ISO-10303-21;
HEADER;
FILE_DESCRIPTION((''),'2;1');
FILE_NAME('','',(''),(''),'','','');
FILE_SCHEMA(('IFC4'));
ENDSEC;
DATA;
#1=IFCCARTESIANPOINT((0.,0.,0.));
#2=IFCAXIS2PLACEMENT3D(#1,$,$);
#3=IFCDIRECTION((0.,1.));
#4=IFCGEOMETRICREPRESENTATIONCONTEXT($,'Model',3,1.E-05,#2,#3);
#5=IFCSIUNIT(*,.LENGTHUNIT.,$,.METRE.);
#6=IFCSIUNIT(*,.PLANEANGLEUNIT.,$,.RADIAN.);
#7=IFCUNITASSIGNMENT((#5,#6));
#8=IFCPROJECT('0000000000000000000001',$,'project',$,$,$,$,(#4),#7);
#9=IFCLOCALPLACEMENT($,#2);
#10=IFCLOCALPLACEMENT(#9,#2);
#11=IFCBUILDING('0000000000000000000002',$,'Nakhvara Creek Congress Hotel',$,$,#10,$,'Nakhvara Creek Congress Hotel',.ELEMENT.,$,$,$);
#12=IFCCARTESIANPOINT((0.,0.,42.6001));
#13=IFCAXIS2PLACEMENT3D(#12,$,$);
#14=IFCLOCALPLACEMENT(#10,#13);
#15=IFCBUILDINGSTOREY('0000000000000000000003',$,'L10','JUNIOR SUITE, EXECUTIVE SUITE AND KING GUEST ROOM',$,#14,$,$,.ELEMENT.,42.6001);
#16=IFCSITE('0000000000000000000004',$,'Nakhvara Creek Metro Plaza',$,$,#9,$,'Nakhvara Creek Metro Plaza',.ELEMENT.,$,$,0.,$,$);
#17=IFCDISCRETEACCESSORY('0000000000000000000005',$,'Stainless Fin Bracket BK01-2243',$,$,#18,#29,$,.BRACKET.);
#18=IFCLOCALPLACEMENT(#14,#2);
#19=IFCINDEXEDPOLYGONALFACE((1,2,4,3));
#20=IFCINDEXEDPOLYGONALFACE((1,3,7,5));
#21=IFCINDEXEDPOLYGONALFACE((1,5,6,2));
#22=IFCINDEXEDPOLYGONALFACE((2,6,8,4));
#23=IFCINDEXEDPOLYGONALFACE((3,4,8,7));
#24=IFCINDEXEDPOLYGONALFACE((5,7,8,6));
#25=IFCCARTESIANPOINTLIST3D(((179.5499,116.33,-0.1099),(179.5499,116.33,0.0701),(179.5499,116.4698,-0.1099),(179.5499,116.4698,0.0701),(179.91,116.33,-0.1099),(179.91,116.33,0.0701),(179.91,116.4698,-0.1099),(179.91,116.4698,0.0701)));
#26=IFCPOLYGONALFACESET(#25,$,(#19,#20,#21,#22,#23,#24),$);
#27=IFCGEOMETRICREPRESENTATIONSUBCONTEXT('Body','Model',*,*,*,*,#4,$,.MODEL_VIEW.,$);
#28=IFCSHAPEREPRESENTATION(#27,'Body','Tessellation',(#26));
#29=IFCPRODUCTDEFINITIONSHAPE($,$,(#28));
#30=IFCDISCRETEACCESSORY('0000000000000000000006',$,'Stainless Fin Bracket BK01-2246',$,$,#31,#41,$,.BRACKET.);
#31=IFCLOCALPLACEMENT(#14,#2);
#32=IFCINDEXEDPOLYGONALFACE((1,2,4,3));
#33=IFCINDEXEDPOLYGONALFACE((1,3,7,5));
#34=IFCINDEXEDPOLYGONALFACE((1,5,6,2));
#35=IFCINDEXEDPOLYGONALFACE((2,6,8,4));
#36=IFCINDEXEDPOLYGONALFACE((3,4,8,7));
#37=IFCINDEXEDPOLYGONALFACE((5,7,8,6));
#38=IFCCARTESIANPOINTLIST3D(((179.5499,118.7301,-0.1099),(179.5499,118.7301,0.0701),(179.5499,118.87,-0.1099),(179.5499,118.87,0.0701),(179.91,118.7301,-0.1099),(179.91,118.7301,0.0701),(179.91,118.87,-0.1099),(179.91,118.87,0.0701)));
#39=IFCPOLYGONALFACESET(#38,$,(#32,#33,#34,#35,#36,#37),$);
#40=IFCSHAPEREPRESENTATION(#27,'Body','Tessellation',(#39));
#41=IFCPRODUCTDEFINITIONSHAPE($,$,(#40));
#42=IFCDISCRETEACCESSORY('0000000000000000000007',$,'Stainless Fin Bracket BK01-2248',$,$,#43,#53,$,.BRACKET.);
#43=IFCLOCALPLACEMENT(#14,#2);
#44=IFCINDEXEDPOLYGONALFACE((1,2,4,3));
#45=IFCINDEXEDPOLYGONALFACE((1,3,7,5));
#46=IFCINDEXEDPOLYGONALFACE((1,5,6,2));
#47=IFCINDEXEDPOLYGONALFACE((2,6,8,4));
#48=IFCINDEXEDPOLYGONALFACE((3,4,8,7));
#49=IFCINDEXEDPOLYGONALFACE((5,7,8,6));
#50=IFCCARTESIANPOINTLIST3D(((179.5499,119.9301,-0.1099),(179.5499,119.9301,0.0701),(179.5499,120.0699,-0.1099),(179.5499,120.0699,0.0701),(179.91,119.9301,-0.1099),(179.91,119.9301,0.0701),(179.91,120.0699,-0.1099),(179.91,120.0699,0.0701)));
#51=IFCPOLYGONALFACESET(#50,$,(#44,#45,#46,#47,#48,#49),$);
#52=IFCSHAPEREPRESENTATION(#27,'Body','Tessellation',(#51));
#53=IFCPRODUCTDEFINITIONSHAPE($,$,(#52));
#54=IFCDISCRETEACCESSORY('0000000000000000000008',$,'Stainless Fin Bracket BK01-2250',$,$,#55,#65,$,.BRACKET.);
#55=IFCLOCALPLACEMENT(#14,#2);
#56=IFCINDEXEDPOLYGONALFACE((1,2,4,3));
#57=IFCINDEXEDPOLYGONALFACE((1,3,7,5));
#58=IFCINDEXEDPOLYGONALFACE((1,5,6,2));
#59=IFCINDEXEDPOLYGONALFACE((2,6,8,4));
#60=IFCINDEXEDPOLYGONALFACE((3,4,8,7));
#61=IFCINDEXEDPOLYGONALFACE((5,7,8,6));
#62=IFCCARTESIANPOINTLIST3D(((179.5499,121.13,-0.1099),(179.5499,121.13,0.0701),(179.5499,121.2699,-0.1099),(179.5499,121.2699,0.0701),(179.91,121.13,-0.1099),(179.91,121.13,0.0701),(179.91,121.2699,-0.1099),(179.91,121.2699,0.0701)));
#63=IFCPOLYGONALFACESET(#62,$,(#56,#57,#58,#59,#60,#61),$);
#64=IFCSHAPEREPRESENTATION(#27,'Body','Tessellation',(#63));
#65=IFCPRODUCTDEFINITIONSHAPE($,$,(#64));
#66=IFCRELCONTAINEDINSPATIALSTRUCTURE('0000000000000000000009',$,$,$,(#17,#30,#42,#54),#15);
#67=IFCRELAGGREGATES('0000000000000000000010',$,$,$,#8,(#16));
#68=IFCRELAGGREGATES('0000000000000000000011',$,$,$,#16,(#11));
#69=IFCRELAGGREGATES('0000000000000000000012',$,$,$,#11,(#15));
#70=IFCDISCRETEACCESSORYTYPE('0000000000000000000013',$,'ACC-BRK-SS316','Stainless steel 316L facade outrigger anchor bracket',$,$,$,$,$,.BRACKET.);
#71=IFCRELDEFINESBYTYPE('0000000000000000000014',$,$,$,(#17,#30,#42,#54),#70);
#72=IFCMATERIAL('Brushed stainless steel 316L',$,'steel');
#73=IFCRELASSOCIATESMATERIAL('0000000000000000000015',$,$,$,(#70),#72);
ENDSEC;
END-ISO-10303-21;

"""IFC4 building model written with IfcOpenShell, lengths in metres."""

from ifc_helpers import new_model, si_unit, direction, frame, origin, origin_2d, place, context, subcontext, project, spatial, rectangle, extrude, material, type_object, element, save


model = new_model("IFC4")

# Units and contexts
model_context = context("Model", 3, precision=1e-05, world=origin(), true_north=direction((0.0, 1.0)))
body_context = subcontext(model_context, "Body", "Model", "MODEL_VIEW")
ifc_project = project(units=[si_unit("LENGTHUNIT", "METRE"), si_unit("PLANEANGLEUNIT", "RADIAN")], contexts=[model_context])

# Site, building, storey
site_placement = place(None, origin())
site = spatial("IfcSite", under=ifc_project, at=site_placement, Name="Nakhvara Creek Metro Plaza", LongName="Nakhvara Creek Metro Plaza", CompositionType="ELEMENT", RefElevation=0.0)
building_placement = place(site_placement, origin())
building = spatial("IfcBuilding", under=site, at=building_placement, Name="Nakhvara Creek Congress Hotel", LongName="Nakhvara Creek Congress Hotel", CompositionType="ELEMENT")
storey_placement = place(building_placement, frame((0.0, 0.0, 42.6001)))
storey = spatial("IfcBuildingStorey", under=building, at=storey_placement, Name="L10", Description="JUNIOR SUITE, EXECUTIVE SUITE AND KING GUEST ROOM", CompositionType="ELEMENT", Elevation=42.6001)

# Discrete accessories
ifc_material_1 = material(Name="Brushed stainless steel 316L", Category="steel")
discrete_accessory_type = type_object("IfcDiscreteAccessoryType", Name="ACC-BRK-SS316", Description="Stainless steel 316L facade outrigger anchor bracket", PredefinedType="BRACKET", material=ifc_material_1)
for number, where, z_axis, x_axis, name in (
    (1, (179.73, 116.3999, -0.1099), (0.0, 0.0, 1.0), (0.0, 1.0, 0.0), "Stainless Fin Bracket BK01-2243"),
    (2, (179.73, 118.8, -0.1099), (0.0, 0.0, 1.0), (0.0, 1.0, 0.0), "Stainless Fin Bracket BK01-2246"),
    (3, (179.73, 120.0, -0.1099), (0.0, 0.0, 1.0), (0.0, 1.0, 0.0), "Stainless Fin Bracket BK01-2248"),
    (4, (179.73, 121.2, -0.1099), (0.0, 0.0, 1.0), (0.0, 1.0, 0.0), "Stainless Fin Bracket BK01-2250"),
):
    element("IfcDiscreteAccessory", number, at=place(storey_placement, frame(where, z_axis=z_axis, x_axis=x_axis)), inside=storey, type_object=discrete_accessory_type, Name=name, PredefinedType="BRACKET", context=body_context, shape_type="SweptSolid", body=[
        extrude(rectangle(XDim=0.1399, YDim=0.3601, at=origin_2d()), origin(), (0.0, 0.0, 1.0), 0.1799),
    ])

save(model, "model.ifc")
